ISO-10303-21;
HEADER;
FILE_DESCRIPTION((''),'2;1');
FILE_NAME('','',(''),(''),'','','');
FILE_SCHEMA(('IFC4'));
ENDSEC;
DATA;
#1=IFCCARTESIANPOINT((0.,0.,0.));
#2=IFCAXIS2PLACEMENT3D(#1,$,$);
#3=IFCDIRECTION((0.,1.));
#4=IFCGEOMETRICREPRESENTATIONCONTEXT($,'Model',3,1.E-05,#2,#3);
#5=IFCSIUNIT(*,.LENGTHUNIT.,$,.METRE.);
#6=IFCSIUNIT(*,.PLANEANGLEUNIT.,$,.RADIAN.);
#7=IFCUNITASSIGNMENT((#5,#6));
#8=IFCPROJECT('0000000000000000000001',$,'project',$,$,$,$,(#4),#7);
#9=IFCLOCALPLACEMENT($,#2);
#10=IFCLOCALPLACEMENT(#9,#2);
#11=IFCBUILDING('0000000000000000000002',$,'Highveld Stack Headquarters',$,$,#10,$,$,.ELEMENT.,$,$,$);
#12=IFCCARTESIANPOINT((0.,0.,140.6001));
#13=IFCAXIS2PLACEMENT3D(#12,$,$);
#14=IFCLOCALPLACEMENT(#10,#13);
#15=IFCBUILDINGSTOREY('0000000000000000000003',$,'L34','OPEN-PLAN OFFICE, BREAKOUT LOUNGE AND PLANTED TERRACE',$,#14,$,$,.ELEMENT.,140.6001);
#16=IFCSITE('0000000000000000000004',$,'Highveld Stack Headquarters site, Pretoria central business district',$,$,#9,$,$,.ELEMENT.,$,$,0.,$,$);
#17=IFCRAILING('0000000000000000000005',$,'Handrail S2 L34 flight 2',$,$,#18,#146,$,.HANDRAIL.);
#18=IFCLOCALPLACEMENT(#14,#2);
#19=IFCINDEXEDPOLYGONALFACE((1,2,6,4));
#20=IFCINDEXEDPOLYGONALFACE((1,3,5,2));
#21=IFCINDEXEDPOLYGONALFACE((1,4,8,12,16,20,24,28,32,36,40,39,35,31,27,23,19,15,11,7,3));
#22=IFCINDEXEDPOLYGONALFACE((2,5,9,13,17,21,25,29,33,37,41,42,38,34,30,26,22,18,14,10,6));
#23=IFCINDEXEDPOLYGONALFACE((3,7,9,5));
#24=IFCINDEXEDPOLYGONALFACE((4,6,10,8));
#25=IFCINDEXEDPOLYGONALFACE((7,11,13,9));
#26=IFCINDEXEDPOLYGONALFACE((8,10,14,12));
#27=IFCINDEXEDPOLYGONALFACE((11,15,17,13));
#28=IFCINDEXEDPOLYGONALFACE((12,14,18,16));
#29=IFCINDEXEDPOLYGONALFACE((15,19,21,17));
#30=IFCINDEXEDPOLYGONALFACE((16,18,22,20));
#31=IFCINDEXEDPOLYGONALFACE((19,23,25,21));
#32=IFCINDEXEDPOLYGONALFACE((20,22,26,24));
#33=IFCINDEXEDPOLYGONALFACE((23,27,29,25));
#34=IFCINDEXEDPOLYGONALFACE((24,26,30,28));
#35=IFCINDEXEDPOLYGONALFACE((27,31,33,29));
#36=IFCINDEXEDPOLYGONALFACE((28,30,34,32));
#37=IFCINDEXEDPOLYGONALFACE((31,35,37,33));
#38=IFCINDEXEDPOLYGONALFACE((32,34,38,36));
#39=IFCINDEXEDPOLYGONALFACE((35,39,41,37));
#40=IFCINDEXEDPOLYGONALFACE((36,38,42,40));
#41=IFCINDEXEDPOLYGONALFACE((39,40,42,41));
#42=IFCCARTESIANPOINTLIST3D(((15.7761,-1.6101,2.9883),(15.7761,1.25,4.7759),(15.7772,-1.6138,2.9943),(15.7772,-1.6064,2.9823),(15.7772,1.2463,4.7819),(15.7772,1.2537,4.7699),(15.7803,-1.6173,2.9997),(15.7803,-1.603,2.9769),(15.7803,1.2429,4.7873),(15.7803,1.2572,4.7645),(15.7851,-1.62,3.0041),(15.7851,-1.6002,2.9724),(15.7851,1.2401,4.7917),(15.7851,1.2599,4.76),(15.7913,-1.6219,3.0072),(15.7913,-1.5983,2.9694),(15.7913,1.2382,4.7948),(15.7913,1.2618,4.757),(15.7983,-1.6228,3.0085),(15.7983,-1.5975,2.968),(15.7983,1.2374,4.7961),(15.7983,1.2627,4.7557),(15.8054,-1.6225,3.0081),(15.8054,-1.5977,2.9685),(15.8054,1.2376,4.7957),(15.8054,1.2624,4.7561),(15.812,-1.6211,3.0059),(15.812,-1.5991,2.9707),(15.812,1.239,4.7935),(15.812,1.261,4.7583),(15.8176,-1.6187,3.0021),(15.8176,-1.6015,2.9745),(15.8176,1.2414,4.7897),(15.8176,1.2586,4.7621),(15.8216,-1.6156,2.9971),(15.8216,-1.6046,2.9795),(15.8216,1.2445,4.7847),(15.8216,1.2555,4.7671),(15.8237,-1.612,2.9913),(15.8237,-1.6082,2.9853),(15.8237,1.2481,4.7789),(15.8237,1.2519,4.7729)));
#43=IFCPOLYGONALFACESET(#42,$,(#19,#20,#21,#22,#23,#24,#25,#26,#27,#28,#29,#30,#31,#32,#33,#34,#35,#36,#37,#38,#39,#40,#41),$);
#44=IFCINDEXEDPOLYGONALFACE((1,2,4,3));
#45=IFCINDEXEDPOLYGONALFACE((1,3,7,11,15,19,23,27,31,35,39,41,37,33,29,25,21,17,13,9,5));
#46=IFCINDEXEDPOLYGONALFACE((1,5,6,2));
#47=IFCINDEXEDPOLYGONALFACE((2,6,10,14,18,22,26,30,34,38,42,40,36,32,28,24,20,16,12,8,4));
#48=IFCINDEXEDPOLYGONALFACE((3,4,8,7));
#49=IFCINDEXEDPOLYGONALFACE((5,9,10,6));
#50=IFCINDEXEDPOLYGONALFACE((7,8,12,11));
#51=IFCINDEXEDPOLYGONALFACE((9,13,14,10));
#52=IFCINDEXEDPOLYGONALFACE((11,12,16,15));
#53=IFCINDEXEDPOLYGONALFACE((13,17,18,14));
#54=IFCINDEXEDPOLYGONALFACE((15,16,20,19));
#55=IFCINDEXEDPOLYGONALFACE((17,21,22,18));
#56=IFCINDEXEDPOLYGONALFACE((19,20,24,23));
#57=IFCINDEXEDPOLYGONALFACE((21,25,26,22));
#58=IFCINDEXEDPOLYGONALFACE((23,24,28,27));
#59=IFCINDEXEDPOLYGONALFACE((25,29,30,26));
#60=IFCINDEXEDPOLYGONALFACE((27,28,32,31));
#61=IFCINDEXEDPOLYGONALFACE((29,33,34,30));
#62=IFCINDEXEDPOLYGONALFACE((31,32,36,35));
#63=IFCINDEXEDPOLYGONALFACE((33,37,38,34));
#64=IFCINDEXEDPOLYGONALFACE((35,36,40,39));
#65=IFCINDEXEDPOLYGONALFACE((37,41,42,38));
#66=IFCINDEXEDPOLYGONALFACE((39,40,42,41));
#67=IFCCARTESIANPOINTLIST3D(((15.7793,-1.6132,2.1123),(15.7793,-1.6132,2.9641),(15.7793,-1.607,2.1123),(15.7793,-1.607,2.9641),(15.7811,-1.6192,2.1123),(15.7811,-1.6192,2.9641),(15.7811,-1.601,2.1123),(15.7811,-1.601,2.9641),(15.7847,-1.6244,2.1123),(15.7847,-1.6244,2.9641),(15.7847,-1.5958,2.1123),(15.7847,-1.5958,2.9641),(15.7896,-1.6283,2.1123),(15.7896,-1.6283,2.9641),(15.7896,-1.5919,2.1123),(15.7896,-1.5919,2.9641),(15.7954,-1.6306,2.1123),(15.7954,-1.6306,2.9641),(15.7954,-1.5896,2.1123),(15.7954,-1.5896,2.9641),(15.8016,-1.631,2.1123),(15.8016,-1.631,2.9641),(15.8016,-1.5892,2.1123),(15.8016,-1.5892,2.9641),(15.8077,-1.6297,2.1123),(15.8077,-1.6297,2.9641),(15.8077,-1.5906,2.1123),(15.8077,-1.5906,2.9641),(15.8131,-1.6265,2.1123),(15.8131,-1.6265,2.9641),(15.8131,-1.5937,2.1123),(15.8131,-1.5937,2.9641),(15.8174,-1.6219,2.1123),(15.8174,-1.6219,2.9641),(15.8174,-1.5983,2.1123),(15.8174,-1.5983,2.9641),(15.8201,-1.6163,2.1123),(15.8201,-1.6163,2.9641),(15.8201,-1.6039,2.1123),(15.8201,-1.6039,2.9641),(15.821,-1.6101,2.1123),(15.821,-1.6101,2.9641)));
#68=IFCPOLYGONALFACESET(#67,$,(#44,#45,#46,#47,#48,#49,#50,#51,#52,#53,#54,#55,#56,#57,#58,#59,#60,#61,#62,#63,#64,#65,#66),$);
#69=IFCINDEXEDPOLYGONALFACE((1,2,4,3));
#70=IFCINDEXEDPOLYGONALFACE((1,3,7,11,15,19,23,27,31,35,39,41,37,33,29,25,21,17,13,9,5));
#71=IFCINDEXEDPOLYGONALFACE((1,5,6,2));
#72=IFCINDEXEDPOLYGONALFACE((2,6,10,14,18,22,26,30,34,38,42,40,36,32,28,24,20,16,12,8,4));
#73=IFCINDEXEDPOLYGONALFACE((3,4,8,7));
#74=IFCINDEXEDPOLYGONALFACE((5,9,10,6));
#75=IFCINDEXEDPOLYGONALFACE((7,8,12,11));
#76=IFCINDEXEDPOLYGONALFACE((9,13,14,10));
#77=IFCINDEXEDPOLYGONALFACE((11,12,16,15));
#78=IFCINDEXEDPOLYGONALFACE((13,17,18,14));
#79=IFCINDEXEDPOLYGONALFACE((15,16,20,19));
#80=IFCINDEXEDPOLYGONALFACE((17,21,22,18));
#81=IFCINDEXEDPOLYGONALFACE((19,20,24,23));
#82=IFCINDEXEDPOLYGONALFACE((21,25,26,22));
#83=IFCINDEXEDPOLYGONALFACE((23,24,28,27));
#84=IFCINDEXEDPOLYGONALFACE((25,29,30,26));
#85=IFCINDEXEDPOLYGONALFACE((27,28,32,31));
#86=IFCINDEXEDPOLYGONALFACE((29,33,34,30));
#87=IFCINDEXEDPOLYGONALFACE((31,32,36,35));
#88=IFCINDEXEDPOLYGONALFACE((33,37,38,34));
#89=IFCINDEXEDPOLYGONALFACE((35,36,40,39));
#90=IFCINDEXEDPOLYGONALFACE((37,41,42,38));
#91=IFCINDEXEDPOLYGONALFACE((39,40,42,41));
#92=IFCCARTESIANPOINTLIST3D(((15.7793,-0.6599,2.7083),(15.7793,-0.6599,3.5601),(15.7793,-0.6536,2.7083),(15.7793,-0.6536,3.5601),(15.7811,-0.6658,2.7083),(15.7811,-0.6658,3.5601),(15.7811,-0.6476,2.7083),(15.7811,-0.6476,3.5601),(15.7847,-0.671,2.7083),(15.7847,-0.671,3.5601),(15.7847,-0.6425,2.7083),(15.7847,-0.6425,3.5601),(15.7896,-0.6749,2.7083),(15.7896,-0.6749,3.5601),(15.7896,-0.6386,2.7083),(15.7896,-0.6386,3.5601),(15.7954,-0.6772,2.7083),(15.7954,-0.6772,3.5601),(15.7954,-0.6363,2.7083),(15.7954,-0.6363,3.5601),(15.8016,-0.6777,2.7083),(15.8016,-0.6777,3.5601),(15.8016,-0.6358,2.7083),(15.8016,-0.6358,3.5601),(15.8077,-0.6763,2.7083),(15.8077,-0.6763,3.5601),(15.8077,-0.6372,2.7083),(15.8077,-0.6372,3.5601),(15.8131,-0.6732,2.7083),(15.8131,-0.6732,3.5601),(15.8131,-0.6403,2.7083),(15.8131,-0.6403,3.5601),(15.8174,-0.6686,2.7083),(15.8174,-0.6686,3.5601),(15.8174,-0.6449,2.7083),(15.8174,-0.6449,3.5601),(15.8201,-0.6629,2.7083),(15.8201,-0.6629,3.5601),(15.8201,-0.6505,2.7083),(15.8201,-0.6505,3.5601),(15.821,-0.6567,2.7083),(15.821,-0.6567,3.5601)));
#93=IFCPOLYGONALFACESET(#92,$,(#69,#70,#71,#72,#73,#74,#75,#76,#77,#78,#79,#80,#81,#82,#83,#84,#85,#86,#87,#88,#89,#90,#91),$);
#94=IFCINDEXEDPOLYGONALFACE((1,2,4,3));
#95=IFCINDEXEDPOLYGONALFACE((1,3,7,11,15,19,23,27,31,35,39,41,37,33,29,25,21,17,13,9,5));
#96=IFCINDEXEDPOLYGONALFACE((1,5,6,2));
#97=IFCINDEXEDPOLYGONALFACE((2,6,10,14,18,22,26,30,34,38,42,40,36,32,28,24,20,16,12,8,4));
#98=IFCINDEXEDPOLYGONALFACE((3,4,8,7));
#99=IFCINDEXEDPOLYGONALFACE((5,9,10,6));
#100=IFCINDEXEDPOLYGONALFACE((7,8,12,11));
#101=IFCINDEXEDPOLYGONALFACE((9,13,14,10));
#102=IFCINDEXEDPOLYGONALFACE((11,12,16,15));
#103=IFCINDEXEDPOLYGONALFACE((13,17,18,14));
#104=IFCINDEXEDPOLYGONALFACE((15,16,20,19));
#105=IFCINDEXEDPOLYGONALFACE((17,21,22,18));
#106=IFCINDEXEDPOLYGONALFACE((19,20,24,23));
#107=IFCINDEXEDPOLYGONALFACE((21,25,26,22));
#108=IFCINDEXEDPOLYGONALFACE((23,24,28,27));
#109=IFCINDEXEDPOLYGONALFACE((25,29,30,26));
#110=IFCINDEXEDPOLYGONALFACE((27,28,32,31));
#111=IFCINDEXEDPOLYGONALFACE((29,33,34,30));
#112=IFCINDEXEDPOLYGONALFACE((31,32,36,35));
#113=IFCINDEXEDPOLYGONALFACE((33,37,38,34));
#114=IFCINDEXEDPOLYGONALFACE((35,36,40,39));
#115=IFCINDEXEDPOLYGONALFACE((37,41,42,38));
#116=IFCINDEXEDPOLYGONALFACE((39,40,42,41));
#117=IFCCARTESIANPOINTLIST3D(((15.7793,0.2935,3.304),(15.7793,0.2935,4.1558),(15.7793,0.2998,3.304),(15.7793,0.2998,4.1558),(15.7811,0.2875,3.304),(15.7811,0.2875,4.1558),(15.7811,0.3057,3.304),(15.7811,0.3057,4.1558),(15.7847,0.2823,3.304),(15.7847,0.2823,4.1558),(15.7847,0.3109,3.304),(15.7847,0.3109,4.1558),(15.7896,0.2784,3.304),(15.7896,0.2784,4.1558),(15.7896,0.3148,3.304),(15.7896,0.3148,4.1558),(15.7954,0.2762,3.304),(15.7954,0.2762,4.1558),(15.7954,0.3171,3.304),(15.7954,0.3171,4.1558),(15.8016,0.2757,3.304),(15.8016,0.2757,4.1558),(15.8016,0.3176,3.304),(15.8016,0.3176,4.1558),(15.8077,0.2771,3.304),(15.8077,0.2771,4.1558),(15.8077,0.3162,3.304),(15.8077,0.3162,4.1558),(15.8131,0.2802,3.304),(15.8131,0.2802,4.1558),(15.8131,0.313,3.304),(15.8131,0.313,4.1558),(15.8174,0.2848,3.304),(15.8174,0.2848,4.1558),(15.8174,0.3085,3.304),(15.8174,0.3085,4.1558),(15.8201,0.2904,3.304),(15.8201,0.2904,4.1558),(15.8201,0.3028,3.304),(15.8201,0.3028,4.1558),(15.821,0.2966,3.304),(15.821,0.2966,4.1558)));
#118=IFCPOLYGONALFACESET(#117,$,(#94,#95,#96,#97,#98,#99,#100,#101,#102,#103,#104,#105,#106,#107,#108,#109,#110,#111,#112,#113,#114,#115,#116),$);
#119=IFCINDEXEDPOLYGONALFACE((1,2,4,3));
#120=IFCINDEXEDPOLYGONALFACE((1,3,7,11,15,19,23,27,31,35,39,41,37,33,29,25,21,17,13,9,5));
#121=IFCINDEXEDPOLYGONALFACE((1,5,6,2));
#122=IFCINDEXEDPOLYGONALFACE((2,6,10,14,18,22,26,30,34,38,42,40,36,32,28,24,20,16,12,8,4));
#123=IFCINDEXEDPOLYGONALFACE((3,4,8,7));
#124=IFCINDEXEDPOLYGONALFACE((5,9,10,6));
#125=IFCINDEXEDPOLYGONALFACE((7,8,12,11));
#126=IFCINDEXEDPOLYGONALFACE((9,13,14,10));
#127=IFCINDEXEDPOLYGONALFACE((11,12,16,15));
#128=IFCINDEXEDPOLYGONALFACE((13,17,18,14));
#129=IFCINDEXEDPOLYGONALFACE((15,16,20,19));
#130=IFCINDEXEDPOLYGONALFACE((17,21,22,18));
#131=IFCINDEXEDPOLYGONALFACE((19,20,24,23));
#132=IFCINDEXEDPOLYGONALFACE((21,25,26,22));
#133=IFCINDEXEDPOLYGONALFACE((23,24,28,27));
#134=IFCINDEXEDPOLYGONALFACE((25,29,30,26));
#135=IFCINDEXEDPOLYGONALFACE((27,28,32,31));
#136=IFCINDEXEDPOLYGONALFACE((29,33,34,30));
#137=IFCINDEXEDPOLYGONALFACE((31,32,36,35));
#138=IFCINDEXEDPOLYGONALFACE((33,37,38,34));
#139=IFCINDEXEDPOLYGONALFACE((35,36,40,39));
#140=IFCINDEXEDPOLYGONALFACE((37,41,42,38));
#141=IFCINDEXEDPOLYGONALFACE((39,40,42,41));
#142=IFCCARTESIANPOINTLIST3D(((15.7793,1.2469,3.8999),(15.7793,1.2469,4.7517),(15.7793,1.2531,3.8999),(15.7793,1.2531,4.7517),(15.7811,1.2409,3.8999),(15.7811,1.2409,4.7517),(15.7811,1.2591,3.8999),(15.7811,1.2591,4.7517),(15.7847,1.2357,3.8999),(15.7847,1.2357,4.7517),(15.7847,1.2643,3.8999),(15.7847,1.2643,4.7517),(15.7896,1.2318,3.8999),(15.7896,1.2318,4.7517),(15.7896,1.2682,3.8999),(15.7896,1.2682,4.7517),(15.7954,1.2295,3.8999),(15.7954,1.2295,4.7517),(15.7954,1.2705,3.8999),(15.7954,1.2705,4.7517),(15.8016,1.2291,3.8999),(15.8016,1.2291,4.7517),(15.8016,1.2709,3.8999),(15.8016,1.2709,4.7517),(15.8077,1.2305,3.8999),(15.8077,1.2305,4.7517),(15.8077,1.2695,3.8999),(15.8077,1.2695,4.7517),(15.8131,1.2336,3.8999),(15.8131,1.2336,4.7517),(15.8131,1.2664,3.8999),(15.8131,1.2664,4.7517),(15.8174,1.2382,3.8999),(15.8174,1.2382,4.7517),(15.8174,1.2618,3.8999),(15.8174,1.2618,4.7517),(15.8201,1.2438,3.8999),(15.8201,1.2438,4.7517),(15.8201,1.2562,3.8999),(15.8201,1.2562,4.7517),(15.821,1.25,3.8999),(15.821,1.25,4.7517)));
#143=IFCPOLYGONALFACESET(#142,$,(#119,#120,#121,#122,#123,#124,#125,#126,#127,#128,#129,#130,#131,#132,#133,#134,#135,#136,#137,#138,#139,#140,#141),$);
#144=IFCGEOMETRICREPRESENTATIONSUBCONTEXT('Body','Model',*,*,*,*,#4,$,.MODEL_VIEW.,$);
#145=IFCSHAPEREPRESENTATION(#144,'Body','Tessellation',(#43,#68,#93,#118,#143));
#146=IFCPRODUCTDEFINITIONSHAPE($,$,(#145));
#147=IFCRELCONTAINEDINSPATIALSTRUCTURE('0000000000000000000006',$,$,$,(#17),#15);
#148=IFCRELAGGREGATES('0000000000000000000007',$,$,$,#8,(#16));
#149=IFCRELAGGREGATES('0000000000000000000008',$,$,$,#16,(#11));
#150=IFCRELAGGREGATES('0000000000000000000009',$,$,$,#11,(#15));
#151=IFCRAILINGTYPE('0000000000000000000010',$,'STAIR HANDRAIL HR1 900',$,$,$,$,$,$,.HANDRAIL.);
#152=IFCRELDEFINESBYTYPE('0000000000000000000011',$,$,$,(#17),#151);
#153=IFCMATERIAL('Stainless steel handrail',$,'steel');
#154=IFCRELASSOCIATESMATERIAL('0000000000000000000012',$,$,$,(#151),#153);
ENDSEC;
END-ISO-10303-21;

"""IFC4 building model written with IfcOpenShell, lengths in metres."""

from ifc_helpers import new_model, si_unit, direction, frame, origin, origin_2d, place, context, subcontext, project, spatial, circle, extrude, material, type_object, element, save


model = new_model("IFC4")

# Units and contexts
model_context = context("Model", 3, precision=1e-05, world=origin(), true_north=direction((0.0, 1.0)))
body_context = subcontext(model_context, "Body", "Model", "MODEL_VIEW")
ifc_project = project(units=[si_unit("LENGTHUNIT", "METRE"), si_unit("PLANEANGLEUNIT", "RADIAN")], contexts=[model_context])

# Site, building, storey
site_placement = place(None, origin())
site = spatial("IfcSite", under=ifc_project, at=site_placement, Name="Highveld Stack Headquarters site, Pretoria central business district", CompositionType="ELEMENT", RefElevation=0.0)
building_placement = place(site_placement, origin())
building = spatial("IfcBuilding", under=site, at=building_placement, Name="Highveld Stack Headquarters", CompositionType="ELEMENT")
storey_placement = place(building_placement, frame((0.0, 0.0, 140.6001)))
storey = spatial("IfcBuildingStorey", under=building, at=storey_placement, Name="L34", Description="OPEN-PLAN OFFICE, BREAKOUT LOUNGE AND PLANTED TERRACE", CompositionType="ELEMENT", Elevation=140.6001)

# Railing
ifc_material_1 = material(Name="Stainless steel handrail", Category="steel")
railing_type = type_object("IfcRailingType", Name="STAIR HANDRAIL HR1 900", PredefinedType="HANDRAIL", material=ifc_material_1)
for number, where, name in (
    (1, (15.8, -1.6101, 2.1123), "Handrail S2 L34 flight 2"),
):
    element("IfcRailing", number, at=place(storey_placement, frame(where)), inside=storey, type_object=railing_type, Name=name, PredefinedType="HANDRAIL", context=body_context, shape_type="SweptSolid", body=[
        extrude(circle(Radius=0.0239, at=origin_2d()), frame((0.0, 0.0, 0.876), z_axis=(0.0, 0.847994, 0.530005), x_axis=(-1.0, 0.0, 0.0)), (0.0, 0.0, 1.0), 3.3728),
        extrude(circle(Radius=0.021, at=origin_2d()), origin(), (0.0, 0.0, 1.0), 0.8518),
        extrude(circle(Radius=0.021, at=origin_2d()), frame((0.0, 0.9534, 0.5959)), (0.0, 0.0, 1.0), 0.8518),
        extrude(circle(Radius=0.021, at=origin_2d()), frame((0.0, 1.9067, 1.1917)), (0.0, 0.0, 1.0), 0.8518),
        extrude(circle(Radius=0.021, at=origin_2d()), frame((0.0, 2.8601, 1.7876)), (0.0, 0.0, 1.0), 0.8518),
    ])

save(model, "model.ifc")
